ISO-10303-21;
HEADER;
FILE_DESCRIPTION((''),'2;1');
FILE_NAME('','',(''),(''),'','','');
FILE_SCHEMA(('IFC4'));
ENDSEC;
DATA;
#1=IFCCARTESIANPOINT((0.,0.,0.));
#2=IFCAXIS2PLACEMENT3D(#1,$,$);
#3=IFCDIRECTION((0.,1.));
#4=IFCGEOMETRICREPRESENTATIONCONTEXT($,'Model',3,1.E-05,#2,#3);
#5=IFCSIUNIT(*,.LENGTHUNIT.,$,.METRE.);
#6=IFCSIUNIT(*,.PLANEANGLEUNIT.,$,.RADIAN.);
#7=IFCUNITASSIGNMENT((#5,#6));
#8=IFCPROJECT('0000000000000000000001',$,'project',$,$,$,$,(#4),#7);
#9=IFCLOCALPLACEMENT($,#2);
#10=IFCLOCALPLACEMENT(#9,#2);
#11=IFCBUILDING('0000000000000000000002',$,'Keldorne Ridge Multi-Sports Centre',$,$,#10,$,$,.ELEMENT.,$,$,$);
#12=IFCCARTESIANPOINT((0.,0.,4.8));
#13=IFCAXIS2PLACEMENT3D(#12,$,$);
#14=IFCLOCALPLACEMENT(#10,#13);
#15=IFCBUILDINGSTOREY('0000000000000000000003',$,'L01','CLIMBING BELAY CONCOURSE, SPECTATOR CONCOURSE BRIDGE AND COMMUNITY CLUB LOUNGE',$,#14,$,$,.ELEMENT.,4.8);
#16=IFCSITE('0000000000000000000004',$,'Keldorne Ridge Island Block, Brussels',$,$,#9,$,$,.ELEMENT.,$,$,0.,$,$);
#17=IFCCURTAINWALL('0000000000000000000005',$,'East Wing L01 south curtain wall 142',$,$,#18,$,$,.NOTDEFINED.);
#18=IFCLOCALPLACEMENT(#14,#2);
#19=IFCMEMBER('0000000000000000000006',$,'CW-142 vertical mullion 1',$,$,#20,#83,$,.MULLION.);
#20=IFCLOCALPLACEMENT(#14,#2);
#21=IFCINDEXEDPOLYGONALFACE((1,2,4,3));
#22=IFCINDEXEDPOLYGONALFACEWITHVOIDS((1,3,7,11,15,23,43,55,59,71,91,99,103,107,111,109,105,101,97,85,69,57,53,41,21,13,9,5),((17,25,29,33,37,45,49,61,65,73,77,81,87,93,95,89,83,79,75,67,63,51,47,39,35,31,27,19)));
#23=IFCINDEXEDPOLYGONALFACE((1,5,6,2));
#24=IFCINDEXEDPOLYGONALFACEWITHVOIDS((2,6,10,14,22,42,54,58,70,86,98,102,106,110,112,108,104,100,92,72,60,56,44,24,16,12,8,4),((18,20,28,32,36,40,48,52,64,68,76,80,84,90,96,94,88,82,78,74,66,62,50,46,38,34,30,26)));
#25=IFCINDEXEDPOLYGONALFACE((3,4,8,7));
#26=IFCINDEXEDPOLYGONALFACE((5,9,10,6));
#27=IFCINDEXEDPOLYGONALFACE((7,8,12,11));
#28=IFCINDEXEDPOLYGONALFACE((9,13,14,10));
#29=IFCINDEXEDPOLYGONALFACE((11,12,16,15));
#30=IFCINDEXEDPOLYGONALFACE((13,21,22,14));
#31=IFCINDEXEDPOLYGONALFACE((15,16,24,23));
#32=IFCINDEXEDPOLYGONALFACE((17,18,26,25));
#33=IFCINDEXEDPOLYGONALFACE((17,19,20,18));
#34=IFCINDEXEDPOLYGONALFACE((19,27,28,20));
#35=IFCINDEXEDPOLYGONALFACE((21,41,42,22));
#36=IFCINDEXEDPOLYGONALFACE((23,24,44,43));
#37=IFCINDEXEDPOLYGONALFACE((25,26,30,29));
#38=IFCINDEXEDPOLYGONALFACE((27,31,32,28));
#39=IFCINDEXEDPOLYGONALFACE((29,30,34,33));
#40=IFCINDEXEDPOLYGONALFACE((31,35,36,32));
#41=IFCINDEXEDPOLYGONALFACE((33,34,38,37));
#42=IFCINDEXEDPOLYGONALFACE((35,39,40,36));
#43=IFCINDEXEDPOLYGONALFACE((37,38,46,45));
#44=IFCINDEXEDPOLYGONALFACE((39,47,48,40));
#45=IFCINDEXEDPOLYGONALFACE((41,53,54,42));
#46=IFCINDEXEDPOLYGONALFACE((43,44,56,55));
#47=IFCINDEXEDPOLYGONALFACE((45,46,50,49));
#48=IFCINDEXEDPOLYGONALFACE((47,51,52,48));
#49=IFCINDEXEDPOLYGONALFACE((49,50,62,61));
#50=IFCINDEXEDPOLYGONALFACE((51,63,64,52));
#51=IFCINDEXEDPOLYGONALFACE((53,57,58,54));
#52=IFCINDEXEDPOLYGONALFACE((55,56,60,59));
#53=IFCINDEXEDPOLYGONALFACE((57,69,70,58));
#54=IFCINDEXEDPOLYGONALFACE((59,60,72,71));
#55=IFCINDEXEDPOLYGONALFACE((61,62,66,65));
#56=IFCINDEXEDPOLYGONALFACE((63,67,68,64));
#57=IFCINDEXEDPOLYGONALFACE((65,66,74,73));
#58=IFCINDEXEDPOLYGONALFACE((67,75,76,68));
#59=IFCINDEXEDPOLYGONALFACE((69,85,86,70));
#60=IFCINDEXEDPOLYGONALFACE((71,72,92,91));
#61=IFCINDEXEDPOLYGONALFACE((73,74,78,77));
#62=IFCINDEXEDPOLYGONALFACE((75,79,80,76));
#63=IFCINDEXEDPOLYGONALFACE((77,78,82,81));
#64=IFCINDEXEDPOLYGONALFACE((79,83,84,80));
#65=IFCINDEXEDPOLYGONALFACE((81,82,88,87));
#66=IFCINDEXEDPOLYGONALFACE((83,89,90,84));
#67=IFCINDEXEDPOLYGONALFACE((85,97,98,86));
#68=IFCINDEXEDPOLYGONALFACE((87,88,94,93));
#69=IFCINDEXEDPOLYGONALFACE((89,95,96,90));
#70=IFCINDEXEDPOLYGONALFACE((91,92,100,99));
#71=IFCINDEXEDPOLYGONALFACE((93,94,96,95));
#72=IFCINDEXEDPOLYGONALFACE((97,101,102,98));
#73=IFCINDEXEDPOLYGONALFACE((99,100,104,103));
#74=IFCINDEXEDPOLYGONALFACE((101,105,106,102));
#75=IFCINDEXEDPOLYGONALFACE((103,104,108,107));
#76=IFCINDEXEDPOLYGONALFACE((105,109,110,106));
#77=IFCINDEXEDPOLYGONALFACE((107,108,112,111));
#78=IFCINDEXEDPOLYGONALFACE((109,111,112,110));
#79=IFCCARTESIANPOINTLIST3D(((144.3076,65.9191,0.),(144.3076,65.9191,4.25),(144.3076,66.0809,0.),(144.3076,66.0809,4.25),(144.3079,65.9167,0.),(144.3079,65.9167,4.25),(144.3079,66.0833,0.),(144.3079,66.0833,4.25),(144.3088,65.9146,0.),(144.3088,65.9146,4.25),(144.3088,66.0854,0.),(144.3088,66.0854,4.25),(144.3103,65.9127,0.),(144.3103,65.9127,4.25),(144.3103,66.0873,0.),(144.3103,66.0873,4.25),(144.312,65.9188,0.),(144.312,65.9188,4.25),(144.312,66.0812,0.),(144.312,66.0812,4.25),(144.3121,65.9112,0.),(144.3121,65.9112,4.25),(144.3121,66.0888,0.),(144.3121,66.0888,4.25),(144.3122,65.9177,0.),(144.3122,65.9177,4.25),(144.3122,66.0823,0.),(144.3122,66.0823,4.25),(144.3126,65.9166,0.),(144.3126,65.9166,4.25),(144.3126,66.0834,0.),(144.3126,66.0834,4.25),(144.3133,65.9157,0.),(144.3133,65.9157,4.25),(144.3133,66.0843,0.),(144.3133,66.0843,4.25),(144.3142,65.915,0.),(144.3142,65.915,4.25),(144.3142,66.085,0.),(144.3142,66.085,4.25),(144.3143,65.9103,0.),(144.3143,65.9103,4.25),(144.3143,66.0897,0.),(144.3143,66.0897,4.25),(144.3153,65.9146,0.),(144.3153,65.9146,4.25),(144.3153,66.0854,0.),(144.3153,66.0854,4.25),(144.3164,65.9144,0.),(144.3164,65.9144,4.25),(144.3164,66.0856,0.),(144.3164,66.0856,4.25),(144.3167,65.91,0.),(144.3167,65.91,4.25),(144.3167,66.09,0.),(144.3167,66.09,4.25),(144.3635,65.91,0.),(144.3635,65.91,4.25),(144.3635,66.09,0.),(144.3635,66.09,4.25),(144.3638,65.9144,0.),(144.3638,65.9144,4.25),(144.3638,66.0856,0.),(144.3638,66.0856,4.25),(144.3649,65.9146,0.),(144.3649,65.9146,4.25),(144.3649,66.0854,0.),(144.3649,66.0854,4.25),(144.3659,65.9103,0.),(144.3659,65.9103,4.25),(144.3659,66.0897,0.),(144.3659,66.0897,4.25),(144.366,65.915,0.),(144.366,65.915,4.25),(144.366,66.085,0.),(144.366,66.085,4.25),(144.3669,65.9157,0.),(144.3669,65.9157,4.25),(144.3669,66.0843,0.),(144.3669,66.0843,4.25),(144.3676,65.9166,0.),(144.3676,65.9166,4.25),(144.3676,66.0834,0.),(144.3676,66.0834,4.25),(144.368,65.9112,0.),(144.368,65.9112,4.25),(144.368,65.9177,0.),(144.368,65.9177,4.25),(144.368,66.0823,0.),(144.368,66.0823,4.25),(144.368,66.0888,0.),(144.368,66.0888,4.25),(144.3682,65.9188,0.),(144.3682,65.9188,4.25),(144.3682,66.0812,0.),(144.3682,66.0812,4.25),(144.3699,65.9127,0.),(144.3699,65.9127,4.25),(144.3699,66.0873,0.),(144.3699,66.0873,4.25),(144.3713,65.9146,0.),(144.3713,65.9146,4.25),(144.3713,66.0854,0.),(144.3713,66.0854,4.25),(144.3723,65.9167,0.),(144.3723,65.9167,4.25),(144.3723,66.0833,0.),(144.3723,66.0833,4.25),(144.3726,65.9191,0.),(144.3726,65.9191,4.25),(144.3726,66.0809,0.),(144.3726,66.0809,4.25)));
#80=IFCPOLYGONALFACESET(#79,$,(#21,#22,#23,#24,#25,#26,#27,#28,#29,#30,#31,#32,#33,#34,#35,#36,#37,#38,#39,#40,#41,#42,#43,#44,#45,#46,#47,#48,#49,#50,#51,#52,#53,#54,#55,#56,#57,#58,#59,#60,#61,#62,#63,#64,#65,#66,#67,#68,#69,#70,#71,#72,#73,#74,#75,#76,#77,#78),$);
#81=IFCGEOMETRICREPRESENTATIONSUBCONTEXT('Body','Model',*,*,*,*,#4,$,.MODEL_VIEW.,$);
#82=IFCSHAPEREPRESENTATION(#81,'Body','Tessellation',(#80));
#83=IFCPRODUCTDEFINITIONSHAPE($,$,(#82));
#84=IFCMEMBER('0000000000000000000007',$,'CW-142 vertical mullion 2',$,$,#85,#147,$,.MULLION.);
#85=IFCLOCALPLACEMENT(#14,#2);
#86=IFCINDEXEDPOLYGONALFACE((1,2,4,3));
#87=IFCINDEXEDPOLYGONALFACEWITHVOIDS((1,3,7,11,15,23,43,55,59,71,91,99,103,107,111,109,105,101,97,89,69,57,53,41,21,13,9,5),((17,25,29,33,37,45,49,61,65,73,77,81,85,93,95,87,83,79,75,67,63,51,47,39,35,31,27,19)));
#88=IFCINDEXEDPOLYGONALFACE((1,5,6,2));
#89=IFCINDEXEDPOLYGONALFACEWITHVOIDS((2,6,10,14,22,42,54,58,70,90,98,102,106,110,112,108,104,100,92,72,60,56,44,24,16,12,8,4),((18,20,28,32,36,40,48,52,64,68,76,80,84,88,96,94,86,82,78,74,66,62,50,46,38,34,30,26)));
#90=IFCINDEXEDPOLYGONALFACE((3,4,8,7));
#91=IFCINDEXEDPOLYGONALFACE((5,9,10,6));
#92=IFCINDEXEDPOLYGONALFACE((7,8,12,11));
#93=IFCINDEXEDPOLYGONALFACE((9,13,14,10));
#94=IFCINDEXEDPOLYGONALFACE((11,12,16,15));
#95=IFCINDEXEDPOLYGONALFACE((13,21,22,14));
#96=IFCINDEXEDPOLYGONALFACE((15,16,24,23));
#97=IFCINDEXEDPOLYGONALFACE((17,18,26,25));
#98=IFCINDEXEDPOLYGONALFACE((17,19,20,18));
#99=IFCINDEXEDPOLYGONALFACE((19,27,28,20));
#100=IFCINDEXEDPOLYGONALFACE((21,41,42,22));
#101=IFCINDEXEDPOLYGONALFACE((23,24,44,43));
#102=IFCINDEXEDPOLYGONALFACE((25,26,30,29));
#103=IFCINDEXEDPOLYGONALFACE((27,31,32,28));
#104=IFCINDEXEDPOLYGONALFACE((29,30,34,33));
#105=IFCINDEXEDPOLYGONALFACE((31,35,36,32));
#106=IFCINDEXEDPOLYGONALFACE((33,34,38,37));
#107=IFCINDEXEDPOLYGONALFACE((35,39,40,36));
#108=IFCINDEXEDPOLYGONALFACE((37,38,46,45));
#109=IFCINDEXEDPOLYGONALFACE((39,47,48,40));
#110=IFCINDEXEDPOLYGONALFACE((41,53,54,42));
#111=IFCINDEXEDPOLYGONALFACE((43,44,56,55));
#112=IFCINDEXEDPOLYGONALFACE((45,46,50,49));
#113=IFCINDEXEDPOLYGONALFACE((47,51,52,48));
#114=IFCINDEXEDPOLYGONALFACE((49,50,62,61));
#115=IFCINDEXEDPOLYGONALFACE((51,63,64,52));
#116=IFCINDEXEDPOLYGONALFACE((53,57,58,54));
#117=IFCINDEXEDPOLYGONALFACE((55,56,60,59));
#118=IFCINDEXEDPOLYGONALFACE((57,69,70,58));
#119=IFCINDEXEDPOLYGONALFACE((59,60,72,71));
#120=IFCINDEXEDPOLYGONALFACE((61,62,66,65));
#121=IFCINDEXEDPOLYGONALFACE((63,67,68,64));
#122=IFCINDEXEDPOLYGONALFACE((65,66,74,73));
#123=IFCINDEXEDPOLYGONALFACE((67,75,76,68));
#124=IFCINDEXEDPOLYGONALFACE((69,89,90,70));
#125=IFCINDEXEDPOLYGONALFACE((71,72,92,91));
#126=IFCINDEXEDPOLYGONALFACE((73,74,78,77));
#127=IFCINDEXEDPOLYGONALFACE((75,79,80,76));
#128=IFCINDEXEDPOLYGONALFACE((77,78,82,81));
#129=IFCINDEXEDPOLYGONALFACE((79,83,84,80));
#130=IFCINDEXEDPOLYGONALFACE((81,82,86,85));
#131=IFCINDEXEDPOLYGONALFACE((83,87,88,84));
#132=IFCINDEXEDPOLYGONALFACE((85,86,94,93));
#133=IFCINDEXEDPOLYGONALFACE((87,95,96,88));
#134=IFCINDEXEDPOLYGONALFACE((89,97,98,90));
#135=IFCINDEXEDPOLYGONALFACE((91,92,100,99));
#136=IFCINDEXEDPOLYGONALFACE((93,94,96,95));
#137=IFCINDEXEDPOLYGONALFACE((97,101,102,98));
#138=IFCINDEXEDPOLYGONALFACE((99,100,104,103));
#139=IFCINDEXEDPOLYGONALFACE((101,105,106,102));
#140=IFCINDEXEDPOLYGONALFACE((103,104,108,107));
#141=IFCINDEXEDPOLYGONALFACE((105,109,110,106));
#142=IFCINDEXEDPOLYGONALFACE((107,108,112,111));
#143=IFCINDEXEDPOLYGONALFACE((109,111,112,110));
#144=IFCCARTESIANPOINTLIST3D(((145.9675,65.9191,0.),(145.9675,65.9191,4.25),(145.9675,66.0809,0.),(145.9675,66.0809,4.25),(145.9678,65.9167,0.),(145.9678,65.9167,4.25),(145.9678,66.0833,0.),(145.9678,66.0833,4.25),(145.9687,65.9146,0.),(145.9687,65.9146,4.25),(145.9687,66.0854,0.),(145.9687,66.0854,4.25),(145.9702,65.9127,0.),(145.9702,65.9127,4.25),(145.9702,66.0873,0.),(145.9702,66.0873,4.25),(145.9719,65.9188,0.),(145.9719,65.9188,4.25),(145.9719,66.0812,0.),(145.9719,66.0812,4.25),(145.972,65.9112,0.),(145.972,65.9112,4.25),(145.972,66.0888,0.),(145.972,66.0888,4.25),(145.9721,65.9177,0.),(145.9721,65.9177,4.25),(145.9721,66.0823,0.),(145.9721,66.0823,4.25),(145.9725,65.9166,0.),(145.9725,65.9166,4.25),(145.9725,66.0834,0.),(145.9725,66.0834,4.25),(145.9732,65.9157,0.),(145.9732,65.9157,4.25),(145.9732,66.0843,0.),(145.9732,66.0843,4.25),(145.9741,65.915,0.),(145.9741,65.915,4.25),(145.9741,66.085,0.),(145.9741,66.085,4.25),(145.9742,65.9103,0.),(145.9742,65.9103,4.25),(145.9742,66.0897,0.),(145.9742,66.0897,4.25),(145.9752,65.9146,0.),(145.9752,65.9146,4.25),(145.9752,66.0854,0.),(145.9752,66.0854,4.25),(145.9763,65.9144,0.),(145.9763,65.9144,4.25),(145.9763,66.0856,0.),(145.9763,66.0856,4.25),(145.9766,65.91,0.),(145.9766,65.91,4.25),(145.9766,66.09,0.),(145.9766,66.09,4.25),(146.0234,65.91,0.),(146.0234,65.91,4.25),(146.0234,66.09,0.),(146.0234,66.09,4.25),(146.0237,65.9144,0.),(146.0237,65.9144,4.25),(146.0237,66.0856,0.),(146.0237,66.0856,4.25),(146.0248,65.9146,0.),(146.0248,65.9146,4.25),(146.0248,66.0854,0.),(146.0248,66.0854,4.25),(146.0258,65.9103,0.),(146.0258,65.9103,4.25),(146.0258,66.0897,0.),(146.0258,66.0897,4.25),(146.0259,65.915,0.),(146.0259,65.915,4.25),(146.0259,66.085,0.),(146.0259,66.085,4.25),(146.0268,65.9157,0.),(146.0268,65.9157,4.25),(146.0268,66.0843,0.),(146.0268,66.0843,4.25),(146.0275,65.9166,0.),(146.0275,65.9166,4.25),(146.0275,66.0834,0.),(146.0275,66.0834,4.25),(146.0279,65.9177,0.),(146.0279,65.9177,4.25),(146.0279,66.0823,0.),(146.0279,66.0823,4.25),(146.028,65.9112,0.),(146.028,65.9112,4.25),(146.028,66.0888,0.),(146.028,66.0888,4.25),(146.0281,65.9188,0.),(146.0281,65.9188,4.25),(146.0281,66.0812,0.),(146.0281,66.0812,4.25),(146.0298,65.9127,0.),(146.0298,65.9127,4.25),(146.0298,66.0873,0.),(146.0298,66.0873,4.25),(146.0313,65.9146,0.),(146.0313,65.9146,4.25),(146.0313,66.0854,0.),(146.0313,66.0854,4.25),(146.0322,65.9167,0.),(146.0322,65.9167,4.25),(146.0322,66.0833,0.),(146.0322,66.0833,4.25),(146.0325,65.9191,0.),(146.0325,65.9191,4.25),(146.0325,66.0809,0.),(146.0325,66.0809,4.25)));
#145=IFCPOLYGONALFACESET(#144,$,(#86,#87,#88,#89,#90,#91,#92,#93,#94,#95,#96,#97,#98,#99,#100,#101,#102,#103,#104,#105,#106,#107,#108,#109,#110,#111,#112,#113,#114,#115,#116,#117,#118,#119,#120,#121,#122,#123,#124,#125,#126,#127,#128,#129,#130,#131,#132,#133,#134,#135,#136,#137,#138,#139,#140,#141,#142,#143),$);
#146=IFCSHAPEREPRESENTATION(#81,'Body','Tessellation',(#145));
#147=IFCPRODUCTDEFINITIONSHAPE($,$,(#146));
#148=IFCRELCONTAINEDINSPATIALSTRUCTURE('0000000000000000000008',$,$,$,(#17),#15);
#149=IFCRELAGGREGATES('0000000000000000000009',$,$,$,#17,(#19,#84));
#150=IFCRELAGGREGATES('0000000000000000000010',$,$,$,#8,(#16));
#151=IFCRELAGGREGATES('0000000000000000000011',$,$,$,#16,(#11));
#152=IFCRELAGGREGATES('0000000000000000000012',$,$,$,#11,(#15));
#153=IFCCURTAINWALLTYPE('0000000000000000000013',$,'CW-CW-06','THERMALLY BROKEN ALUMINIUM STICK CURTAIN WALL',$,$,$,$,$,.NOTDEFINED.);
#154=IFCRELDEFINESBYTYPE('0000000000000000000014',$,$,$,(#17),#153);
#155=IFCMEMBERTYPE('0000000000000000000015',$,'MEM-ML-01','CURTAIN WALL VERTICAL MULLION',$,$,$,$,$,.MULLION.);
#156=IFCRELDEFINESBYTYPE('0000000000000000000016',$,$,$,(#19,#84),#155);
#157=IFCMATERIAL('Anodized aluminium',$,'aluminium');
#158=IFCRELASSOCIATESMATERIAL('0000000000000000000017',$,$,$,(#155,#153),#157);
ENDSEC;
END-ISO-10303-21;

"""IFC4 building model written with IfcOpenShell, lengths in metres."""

from ifc_helpers import new_model, si_unit, direction, frame, origin, origin_2d, place, context, subcontext, project, spatial, hollow_rectangle, extrude, material, material_profile, profile_set, type_object, element, aggregate, save


model = new_model("IFC4")

# Units and contexts
model_context = context("Model", 3, precision=1e-05, world=origin(), true_north=direction((0.0, 1.0)))
body_context = subcontext(model_context, "Body", "Model", "MODEL_VIEW")
ifc_project = project(units=[si_unit("LENGTHUNIT", "METRE"), si_unit("PLANEANGLEUNIT", "RADIAN")], contexts=[model_context])

# Site, building, storey
site_placement = place(None, origin())
site = spatial("IfcSite", under=ifc_project, at=site_placement, Name="Keldorne Ridge Island Block, Brussels", CompositionType="ELEMENT", RefElevation=0.0)
building_placement = place(site_placement, origin())
building = spatial("IfcBuilding", under=site, at=building_placement, Name="Keldorne Ridge Multi-Sports Centre", CompositionType="ELEMENT")
storey_placement = place(building_placement, frame((0.0, 0.0, 4.8)))
storey = spatial("IfcBuildingStorey", under=building, at=storey_placement, Name="L01", Description="CLIMBING BELAY CONCOURSE, SPECTATOR CONCOURSE BRIDGE AND COMMUNITY CLUB LOUNGE", CompositionType="ELEMENT", Elevation=4.8)

# Shared definitions
ifc_material_1 = material(Name="Anodized aluminium", Category="aluminium")
ifc_material_profile_1 = material_profile(ifc_material_1, hollow_rectangle(XDim=0.0649, YDim=0.1799, WallThickness=0.0044, InnerFilletRadius=0.0044, OuterFilletRadius=0.009, at=origin_2d()), Name="ALU MULLION 180x65x4.5")
ifc_profile_set_1 = profile_set([ifc_material_profile_1], Name="Anodized aluminium")
member_type_1 = type_object("IfcMemberType", Name="MEM-ML-01", Description="CURTAIN WALL VERTICAL MULLION", PredefinedType="MULLION", material=ifc_profile_set_1)

# Curtain wall, members
curtain_wall_type_1 = type_object("IfcCurtainWallType", Name="CW-CW-06", Description="THERMALLY BROKEN ALUMINIUM STICK CURTAIN WALL", PredefinedType="NOTDEFINED", material=ifc_material_1)
curtain_wall_1_placement = place(storey_placement, origin())
curtain_wall_1 = element("IfcCurtainWall", 1, at=curtain_wall_1_placement, inside=storey, type_object=curtain_wall_type_1, Name="East Wing L01 south curtain wall 142", PredefinedType="NOTDEFINED")
member_1_placement = place(storey_placement, frame((144.3401, 66.0, 0.0), z_axis=(0.0, 0.0, 1.0), x_axis=(1.0, 0.0, 0.0)))
member_1 = element("IfcMember", 2, at=member_1_placement, type_object=member_type_1, Name="CW-142 vertical mullion 1", PredefinedType="MULLION", context=body_context, shape_type="SweptSolid", body=[
    extrude(hollow_rectangle(XDim=0.0649, YDim=0.1799, WallThickness=0.0044, InnerFilletRadius=0.0044, OuterFilletRadius=0.009, at=origin_2d()), origin(), (0.0, 0.0, 1.0), 4.25),
])
member_2_placement = place(storey_placement, frame((146.0, 66.0, 0.0), z_axis=(0.0, 0.0, 1.0), x_axis=(1.0, 0.0, 0.0)))
member_2 = element("IfcMember", 3, at=member_2_placement, type_object=member_type_1, Name="CW-142 vertical mullion 2", PredefinedType="MULLION", context=body_context, shape_type="SweptSolid", body=[
    extrude(hollow_rectangle(XDim=0.0649, YDim=0.1799, WallThickness=0.0044, InnerFilletRadius=0.0044, OuterFilletRadius=0.009, at=origin_2d()), origin(), (0.0, 0.0, 1.0), 4.25),
])
aggregate(curtain_wall_1, [member_1, member_2])

save(model, "model.ifc")
